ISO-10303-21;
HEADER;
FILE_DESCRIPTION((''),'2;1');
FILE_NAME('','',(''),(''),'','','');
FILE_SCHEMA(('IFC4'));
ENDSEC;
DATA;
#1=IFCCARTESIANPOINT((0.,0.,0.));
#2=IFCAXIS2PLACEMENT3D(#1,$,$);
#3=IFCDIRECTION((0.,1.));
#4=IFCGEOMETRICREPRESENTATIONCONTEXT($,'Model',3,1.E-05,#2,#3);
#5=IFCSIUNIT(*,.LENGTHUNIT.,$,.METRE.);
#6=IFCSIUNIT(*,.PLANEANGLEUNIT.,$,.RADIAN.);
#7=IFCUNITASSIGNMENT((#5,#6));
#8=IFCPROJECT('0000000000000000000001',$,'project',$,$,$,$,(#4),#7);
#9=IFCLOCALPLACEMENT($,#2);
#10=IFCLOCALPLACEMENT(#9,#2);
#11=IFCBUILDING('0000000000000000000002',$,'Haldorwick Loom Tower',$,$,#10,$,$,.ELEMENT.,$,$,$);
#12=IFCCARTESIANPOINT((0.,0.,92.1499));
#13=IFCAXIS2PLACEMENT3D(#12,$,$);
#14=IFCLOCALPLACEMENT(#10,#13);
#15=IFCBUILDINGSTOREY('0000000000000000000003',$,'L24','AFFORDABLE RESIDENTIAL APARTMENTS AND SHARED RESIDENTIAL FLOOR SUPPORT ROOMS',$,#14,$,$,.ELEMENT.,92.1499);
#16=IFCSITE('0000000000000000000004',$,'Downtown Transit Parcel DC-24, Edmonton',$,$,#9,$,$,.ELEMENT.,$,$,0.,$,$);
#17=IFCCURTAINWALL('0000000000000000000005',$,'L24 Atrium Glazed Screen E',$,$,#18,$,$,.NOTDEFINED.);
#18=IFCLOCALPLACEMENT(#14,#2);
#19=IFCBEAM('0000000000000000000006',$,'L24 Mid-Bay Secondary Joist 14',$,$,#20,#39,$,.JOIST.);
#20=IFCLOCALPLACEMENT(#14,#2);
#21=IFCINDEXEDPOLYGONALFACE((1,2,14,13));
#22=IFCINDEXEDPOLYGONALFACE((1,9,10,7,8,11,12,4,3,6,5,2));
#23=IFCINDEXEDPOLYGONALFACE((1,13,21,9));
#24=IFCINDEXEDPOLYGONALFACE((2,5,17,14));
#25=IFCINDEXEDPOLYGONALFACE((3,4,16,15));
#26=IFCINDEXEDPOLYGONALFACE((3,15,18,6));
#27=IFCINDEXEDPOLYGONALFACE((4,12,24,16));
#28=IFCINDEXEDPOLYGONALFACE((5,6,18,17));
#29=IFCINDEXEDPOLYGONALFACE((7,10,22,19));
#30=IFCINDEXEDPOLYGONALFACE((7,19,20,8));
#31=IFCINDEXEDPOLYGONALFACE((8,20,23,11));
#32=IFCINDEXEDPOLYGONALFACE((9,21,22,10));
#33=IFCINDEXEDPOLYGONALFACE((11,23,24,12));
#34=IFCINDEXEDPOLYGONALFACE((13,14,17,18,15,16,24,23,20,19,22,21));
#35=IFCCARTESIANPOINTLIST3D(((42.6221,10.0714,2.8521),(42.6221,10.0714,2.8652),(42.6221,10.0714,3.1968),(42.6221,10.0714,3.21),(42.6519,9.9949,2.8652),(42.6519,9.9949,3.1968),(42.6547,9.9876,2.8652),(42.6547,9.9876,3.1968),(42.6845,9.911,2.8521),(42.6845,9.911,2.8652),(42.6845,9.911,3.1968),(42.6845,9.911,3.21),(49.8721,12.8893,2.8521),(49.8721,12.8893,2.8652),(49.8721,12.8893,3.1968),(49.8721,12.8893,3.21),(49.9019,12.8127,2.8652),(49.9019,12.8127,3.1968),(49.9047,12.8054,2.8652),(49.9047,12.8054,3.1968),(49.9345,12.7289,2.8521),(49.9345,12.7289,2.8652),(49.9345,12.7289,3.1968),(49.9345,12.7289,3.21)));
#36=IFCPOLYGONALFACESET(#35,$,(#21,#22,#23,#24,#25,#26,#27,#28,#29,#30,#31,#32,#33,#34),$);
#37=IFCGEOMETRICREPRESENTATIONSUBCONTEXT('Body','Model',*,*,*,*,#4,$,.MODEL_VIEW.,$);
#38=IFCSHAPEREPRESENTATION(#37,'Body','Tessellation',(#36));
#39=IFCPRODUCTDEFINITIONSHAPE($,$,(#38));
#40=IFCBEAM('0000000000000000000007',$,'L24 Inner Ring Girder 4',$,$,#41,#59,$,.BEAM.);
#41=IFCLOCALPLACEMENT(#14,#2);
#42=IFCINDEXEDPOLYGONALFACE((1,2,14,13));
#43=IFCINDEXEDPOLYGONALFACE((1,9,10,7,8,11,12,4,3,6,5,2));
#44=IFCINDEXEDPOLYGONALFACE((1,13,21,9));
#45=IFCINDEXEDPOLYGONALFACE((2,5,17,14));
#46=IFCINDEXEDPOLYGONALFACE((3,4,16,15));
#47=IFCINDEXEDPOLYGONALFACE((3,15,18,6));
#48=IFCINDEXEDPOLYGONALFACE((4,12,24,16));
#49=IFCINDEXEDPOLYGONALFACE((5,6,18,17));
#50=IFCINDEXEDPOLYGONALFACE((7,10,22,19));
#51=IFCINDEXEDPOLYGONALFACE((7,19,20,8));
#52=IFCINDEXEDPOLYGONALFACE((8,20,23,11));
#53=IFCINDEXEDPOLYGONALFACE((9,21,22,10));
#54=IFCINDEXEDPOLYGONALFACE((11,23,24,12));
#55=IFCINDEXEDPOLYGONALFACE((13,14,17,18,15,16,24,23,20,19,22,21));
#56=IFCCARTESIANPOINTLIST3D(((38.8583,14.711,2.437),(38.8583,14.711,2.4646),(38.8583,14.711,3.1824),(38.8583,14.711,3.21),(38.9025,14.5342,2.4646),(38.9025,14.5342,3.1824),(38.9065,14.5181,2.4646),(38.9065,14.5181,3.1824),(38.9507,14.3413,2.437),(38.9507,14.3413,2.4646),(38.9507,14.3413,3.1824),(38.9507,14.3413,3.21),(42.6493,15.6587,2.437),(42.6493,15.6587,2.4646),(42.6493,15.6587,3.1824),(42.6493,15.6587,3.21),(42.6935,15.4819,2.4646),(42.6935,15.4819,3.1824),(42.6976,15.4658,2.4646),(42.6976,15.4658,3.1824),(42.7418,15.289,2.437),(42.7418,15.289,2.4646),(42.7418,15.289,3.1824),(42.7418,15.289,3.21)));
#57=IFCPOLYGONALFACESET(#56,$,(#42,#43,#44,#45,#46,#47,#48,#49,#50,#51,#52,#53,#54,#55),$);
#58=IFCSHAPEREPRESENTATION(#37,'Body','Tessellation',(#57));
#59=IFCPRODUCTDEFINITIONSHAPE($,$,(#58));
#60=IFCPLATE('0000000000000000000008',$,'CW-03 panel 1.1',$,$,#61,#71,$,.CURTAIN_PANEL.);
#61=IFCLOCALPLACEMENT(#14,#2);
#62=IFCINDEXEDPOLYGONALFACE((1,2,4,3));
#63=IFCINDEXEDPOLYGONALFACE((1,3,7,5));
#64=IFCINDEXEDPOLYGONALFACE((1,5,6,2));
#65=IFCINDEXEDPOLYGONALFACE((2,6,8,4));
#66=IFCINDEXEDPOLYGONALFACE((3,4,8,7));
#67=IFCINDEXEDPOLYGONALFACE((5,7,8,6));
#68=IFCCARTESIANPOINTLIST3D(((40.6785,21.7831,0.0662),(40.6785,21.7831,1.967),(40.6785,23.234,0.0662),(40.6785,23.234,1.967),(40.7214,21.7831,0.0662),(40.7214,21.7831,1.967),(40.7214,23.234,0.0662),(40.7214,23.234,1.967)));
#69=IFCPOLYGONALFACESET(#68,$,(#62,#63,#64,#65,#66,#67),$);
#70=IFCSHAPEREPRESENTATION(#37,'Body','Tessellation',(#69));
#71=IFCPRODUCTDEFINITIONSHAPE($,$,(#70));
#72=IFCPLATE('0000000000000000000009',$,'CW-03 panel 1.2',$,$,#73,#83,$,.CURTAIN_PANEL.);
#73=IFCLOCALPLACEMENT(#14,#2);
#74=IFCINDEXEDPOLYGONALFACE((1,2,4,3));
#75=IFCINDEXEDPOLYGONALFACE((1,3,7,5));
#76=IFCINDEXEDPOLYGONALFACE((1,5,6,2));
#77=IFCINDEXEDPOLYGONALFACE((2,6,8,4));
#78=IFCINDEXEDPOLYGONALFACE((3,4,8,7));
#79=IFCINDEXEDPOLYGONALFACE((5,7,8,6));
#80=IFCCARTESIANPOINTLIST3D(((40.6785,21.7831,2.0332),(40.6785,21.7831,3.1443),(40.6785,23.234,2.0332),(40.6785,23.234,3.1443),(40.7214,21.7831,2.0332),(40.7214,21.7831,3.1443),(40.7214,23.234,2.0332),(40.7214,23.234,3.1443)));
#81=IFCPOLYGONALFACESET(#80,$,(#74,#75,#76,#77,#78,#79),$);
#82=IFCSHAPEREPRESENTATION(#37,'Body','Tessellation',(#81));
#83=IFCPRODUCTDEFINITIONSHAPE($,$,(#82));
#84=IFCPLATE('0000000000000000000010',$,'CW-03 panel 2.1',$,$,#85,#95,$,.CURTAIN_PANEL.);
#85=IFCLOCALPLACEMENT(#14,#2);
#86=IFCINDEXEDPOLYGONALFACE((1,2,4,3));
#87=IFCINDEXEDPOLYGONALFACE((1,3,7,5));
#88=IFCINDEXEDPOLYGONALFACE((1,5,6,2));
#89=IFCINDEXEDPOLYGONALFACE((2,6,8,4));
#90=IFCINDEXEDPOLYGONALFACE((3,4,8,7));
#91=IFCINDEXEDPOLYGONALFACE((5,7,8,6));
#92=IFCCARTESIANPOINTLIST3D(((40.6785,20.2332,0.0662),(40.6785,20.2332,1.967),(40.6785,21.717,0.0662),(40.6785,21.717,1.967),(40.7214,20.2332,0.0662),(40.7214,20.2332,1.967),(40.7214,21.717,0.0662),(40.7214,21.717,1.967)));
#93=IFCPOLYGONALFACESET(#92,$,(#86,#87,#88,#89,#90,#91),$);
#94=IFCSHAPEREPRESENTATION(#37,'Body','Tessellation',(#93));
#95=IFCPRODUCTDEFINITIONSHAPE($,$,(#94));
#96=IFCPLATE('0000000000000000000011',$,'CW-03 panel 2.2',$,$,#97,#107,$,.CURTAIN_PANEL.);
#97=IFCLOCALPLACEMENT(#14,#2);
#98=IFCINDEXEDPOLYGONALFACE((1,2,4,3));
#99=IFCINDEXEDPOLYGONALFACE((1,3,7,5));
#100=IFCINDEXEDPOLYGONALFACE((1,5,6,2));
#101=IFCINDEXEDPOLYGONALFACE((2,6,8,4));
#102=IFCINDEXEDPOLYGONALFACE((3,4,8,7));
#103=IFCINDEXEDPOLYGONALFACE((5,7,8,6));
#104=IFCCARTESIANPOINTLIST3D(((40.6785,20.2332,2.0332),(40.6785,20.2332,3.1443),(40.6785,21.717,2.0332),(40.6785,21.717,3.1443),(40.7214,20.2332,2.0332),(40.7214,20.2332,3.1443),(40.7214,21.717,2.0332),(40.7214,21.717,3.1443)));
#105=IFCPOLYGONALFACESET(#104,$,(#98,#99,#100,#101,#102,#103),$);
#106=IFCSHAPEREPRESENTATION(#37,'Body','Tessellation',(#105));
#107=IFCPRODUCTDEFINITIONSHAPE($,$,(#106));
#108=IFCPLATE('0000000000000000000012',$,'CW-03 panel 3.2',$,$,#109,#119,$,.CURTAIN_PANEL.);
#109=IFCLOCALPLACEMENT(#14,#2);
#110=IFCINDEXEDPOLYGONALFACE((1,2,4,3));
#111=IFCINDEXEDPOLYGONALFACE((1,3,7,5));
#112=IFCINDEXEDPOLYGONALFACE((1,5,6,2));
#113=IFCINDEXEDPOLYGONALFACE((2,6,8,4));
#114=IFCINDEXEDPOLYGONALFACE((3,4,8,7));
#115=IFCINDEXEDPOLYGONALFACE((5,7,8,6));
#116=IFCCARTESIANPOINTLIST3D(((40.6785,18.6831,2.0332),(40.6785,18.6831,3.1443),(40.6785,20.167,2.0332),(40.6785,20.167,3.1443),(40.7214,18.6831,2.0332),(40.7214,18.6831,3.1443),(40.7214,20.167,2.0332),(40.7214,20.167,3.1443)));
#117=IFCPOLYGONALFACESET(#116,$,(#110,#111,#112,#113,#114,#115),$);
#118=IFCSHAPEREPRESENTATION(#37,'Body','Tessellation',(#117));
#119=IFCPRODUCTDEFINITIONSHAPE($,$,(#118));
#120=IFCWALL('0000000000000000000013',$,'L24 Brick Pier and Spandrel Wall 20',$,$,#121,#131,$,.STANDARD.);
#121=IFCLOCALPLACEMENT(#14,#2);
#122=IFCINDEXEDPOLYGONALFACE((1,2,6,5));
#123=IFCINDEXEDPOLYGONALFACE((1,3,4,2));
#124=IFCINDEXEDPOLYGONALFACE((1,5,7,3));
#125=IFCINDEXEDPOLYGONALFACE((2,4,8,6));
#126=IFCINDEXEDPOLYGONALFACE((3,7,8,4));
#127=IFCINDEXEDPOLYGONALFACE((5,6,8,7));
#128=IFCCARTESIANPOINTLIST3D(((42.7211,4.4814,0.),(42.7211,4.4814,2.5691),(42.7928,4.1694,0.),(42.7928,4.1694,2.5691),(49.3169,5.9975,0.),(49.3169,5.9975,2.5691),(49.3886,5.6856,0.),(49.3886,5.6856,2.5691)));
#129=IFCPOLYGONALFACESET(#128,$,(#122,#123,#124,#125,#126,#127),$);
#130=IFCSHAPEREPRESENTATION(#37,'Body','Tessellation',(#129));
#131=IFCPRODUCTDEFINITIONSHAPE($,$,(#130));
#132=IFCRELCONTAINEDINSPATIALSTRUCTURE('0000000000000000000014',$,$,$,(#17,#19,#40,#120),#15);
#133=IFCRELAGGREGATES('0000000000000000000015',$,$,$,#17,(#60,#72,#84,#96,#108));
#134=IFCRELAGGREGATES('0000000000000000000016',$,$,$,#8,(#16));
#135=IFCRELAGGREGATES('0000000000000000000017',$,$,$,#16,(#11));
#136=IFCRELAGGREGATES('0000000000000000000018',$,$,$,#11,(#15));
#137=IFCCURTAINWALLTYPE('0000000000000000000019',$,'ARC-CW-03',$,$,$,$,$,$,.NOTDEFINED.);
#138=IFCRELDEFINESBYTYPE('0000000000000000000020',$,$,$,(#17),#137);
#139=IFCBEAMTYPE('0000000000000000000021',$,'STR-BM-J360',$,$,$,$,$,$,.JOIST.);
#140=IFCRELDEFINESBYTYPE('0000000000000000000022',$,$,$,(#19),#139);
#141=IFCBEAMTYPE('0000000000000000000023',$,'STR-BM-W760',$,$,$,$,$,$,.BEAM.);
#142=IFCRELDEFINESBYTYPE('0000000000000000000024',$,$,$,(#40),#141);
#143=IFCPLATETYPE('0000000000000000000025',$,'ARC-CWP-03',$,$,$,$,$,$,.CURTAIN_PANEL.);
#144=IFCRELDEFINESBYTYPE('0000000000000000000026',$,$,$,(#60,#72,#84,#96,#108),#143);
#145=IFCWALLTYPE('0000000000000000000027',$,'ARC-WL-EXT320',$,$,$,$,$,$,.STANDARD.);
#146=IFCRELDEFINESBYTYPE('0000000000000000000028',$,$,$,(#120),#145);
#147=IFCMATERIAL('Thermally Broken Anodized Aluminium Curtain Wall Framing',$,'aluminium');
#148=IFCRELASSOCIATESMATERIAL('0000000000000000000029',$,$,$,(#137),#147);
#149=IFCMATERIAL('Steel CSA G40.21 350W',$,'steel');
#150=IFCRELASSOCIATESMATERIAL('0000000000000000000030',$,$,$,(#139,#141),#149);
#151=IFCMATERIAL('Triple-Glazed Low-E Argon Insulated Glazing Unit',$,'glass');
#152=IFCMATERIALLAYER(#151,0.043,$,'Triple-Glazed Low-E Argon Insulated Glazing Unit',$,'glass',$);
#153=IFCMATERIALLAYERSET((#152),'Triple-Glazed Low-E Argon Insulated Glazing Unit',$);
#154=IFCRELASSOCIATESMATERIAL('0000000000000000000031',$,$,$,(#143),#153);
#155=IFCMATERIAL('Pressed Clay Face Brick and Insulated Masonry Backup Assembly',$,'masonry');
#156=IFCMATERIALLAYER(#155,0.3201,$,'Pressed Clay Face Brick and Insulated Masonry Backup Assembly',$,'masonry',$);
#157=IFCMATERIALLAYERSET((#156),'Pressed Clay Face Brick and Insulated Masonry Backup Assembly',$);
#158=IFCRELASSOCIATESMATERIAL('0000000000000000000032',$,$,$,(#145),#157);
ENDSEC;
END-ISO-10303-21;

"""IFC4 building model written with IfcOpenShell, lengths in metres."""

from ifc_helpers import new_model, si_unit, direction, frame, frame_2d, origin, origin_2d, place, context, subcontext, project, spatial, rectangle, i_section, extrude, material, layer, layer_set, material_profile, profile_set, type_object, element, aggregate, save


model = new_model("IFC4")

# Units and contexts
model_context = context("Model", 3, precision=1e-05, world=origin(), true_north=direction((0.0, 1.0)))
body_context = subcontext(model_context, "Body", "Model", "MODEL_VIEW")
ifc_project = project(units=[si_unit("LENGTHUNIT", "METRE"), si_unit("PLANEANGLEUNIT", "RADIAN")], contexts=[model_context])

# Site, building, storey
site_placement = place(None, origin())
site = spatial("IfcSite", under=ifc_project, at=site_placement, Name="Downtown Transit Parcel DC-24, Edmonton", CompositionType="ELEMENT", RefElevation=0.0)
building_placement = place(site_placement, origin())
building = spatial("IfcBuilding", under=site, at=building_placement, Name="Haldorwick Loom Tower", CompositionType="ELEMENT")
storey_placement = place(building_placement, frame((0.0, 0.0, 92.1499)))
storey = spatial("IfcBuildingStorey", under=building, at=storey_placement, Name="L24", Description="AFFORDABLE RESIDENTIAL APARTMENTS AND SHARED RESIDENTIAL FLOOR SUPPORT ROOMS", CompositionType="ELEMENT", Elevation=92.1499)

# Curtain wall
ifc_material_1 = material(Name="Thermally Broken Anodized Aluminium Curtain Wall Framing", Category="aluminium")
curtain_wall_type = type_object("IfcCurtainWallType", Name="ARC-CW-03", PredefinedType="NOTDEFINED", material=ifc_material_1)
curtain_wall_placement = place(storey_placement, origin())
curtain_wall = element("IfcCurtainWall", 1, at=curtain_wall_placement, inside=storey, type_object=curtain_wall_type, Name="L24 Atrium Glazed Screen E", PredefinedType="NOTDEFINED")

# Beams
ifc_material_2 = material(Name="Steel CSA G40.21 350W", Category="steel")
ifc_material_profile_1 = material_profile(ifc_material_2, i_section(OverallWidth=0.1721, OverallDepth=0.3579, WebThickness=0.0078, FlangeThickness=0.0132, at=origin_2d()), Name="W360X57", Category="steel")
ifc_profile_set_1 = profile_set([ifc_material_profile_1], Name="Steel CSA G40.21 350W")
beam_type_1 = type_object("IfcBeamType", Name="STR-BM-J360", PredefinedType="JOIST", material=ifc_profile_set_1)
beam_1_placement = place(storey_placement, frame((42.6533, 9.9912, 3.031), z_axis=(0.932073, 0.362271, 0.0), x_axis=(-0.362271, 0.932073, 0.0)))
element("IfcBeam", 2, at=beam_1_placement, inside=storey, type_object=beam_type_1, Name="L24 Mid-Bay Secondary Joist 14", PredefinedType="JOIST", context=body_context, shape_type="SweptSolid", body=[
    extrude(i_section(OverallWidth=0.1721, OverallDepth=0.3579, WebThickness=0.0078, FlangeThickness=0.0132, at=origin_2d()), origin(), (0.0, 0.0, 1.0), 7.7783),
])
ifc_material_profile_2 = material_profile(ifc_material_2, i_section(OverallWidth=0.3811, OverallDepth=0.7729, WebThickness=0.0166, FlangeThickness=0.0276, at=origin_2d()), Name="W760X257", Category="steel")
ifc_profile_set_2 = profile_set([ifc_material_profile_2], Name="Steel CSA G40.21 350W")
beam_type_2 = type_object("IfcBeamType", Name="STR-BM-W760", PredefinedType="BEAM", material=ifc_profile_set_2)
beam_2_placement = place(storey_placement, frame((42.6956, 15.4739, 2.8235), z_axis=(-0.970143, -0.242536, 0.0), x_axis=(0.242536, -0.970143, 0.0)))
element("IfcBeam", 3, at=beam_2_placement, inside=storey, type_object=beam_type_2, Name="L24 Inner Ring Girder 4", PredefinedType="BEAM", context=body_context, shape_type="SweptSolid", body=[
    extrude(i_section(OverallWidth=0.3811, OverallDepth=0.7729, WebThickness=0.0166, FlangeThickness=0.0276, at=origin_2d()), origin(), (0.0, 0.0, 1.0), 3.9077),
])

# Plates
ifc_material_3 = material(Name="Triple-Glazed Low-E Argon Insulated Glazing Unit", Category="glass")
ifc_layer_1 = layer(ifc_material_3, 0.043, Name="Triple-Glazed Low-E Argon Insulated Glazing Unit", Category="glass")
ifc_layer_set_1 = layer_set([ifc_layer_1], Name="Triple-Glazed Low-E Argon Insulated Glazing Unit")
plate_type = type_object("IfcPlateType", Name="ARC-CWP-03", PredefinedType="CURTAIN_PANEL", material=ifc_layer_set_1)
plate_1_placement = place(storey_placement, frame((40.7, 22.5085, 0.0662), z_axis=(0.0, 0.0, 1.0), x_axis=(0.0, -1.0, 0.0)))
plate_1 = element("IfcPlate", 4, at=plate_1_placement, type_object=plate_type, Name="CW-03 panel 1.1", PredefinedType="CURTAIN_PANEL", context=body_context, shape_type="SweptSolid", body=[
    extrude(rectangle(XDim=1.4509, YDim=0.043, at=origin_2d()), origin(), (0.0, 0.0, 1.0), 1.9009),
])
plate_2_placement = place(storey_placement, frame((40.7, 22.5085, 2.0332), z_axis=(0.0, 0.0, 1.0), x_axis=(0.0, -1.0, 0.0)))
plate_2 = element("IfcPlate", 5, at=plate_2_placement, type_object=plate_type, Name="CW-03 panel 1.2", PredefinedType="CURTAIN_PANEL", context=body_context, shape_type="SweptSolid", body=[
    extrude(rectangle(XDim=1.4509, YDim=0.043, at=origin_2d()), origin(), (0.0, 0.0, 1.0), 1.1111),
])
plate_3_placement = place(storey_placement, frame((40.7, 20.9751, 0.0662), z_axis=(0.0, 0.0, 1.0), x_axis=(0.0, -1.0, 0.0)))
plate_3 = element("IfcPlate", 6, at=plate_3_placement, type_object=plate_type, Name="CW-03 panel 2.1", PredefinedType="CURTAIN_PANEL", context=body_context, shape_type="SweptSolid", body=[
    extrude(rectangle(XDim=1.4839, YDim=0.043, at=origin_2d()), origin(), (0.0, 0.0, 1.0), 1.9009),
])
plate_4_placement = place(storey_placement, frame((40.7, 20.9751, 2.0332), z_axis=(0.0, 0.0, 1.0), x_axis=(0.0, -1.0, 0.0)))
plate_4 = element("IfcPlate", 7, at=plate_4_placement, type_object=plate_type, Name="CW-03 panel 2.2", PredefinedType="CURTAIN_PANEL", context=body_context, shape_type="SweptSolid", body=[
    extrude(rectangle(XDim=1.4839, YDim=0.043, at=origin_2d()), origin(), (0.0, 0.0, 1.0), 1.1111),
])
plate_5_placement = place(storey_placement, frame((40.7, 19.425, 2.0332), z_axis=(0.0, 0.0, 1.0), x_axis=(0.0, -1.0, 0.0)))
plate_5 = element("IfcPlate", 8, at=plate_5_placement, type_object=plate_type, Name="CW-03 panel 3.2", PredefinedType="CURTAIN_PANEL", context=body_context, shape_type="SweptSolid", body=[
    extrude(rectangle(XDim=1.4839, YDim=0.043, at=origin_2d()), origin(), (0.0, 0.0, 1.0), 1.1111),
])
aggregate(curtain_wall, [plate_1, plate_2, plate_3, plate_4, plate_5])

# Wall
ifc_material_4 = material(Name="Pressed Clay Face Brick and Insulated Masonry Backup Assembly", Category="masonry")
ifc_layer_2 = layer(ifc_material_4, 0.3201, Name="Pressed Clay Face Brick and Insulated Masonry Backup Assembly", Category="masonry")
ifc_layer_set_2 = layer_set([ifc_layer_2], Name="Pressed Clay Face Brick and Insulated Masonry Backup Assembly")
wall_type_1 = type_object("IfcWallType", Name="ARC-WL-EXT320", PredefinedType="STANDARD", material=ifc_layer_set_2)
wall_1_placement = place(storey_placement, frame((42.7571, 4.3254, 0.0), z_axis=(0.0, 0.0, 1.0), x_axis=(0.974584, 0.224022, 0.0)))
element("IfcWall", 9, at=wall_1_placement, inside=storey, type_object=wall_type_1, Name="L24 Brick Pier and Spandrel Wall 20", PredefinedType="STANDARD", context=body_context, shape_type="SweptSolid", body=[
    extrude(rectangle(XDim=6.7678, YDim=0.3201, at=frame_2d((3.3838, 0.0))), origin(), (0.0, 0.0, 1.0), 2.5691),
])

save(model, "model.ifc")
